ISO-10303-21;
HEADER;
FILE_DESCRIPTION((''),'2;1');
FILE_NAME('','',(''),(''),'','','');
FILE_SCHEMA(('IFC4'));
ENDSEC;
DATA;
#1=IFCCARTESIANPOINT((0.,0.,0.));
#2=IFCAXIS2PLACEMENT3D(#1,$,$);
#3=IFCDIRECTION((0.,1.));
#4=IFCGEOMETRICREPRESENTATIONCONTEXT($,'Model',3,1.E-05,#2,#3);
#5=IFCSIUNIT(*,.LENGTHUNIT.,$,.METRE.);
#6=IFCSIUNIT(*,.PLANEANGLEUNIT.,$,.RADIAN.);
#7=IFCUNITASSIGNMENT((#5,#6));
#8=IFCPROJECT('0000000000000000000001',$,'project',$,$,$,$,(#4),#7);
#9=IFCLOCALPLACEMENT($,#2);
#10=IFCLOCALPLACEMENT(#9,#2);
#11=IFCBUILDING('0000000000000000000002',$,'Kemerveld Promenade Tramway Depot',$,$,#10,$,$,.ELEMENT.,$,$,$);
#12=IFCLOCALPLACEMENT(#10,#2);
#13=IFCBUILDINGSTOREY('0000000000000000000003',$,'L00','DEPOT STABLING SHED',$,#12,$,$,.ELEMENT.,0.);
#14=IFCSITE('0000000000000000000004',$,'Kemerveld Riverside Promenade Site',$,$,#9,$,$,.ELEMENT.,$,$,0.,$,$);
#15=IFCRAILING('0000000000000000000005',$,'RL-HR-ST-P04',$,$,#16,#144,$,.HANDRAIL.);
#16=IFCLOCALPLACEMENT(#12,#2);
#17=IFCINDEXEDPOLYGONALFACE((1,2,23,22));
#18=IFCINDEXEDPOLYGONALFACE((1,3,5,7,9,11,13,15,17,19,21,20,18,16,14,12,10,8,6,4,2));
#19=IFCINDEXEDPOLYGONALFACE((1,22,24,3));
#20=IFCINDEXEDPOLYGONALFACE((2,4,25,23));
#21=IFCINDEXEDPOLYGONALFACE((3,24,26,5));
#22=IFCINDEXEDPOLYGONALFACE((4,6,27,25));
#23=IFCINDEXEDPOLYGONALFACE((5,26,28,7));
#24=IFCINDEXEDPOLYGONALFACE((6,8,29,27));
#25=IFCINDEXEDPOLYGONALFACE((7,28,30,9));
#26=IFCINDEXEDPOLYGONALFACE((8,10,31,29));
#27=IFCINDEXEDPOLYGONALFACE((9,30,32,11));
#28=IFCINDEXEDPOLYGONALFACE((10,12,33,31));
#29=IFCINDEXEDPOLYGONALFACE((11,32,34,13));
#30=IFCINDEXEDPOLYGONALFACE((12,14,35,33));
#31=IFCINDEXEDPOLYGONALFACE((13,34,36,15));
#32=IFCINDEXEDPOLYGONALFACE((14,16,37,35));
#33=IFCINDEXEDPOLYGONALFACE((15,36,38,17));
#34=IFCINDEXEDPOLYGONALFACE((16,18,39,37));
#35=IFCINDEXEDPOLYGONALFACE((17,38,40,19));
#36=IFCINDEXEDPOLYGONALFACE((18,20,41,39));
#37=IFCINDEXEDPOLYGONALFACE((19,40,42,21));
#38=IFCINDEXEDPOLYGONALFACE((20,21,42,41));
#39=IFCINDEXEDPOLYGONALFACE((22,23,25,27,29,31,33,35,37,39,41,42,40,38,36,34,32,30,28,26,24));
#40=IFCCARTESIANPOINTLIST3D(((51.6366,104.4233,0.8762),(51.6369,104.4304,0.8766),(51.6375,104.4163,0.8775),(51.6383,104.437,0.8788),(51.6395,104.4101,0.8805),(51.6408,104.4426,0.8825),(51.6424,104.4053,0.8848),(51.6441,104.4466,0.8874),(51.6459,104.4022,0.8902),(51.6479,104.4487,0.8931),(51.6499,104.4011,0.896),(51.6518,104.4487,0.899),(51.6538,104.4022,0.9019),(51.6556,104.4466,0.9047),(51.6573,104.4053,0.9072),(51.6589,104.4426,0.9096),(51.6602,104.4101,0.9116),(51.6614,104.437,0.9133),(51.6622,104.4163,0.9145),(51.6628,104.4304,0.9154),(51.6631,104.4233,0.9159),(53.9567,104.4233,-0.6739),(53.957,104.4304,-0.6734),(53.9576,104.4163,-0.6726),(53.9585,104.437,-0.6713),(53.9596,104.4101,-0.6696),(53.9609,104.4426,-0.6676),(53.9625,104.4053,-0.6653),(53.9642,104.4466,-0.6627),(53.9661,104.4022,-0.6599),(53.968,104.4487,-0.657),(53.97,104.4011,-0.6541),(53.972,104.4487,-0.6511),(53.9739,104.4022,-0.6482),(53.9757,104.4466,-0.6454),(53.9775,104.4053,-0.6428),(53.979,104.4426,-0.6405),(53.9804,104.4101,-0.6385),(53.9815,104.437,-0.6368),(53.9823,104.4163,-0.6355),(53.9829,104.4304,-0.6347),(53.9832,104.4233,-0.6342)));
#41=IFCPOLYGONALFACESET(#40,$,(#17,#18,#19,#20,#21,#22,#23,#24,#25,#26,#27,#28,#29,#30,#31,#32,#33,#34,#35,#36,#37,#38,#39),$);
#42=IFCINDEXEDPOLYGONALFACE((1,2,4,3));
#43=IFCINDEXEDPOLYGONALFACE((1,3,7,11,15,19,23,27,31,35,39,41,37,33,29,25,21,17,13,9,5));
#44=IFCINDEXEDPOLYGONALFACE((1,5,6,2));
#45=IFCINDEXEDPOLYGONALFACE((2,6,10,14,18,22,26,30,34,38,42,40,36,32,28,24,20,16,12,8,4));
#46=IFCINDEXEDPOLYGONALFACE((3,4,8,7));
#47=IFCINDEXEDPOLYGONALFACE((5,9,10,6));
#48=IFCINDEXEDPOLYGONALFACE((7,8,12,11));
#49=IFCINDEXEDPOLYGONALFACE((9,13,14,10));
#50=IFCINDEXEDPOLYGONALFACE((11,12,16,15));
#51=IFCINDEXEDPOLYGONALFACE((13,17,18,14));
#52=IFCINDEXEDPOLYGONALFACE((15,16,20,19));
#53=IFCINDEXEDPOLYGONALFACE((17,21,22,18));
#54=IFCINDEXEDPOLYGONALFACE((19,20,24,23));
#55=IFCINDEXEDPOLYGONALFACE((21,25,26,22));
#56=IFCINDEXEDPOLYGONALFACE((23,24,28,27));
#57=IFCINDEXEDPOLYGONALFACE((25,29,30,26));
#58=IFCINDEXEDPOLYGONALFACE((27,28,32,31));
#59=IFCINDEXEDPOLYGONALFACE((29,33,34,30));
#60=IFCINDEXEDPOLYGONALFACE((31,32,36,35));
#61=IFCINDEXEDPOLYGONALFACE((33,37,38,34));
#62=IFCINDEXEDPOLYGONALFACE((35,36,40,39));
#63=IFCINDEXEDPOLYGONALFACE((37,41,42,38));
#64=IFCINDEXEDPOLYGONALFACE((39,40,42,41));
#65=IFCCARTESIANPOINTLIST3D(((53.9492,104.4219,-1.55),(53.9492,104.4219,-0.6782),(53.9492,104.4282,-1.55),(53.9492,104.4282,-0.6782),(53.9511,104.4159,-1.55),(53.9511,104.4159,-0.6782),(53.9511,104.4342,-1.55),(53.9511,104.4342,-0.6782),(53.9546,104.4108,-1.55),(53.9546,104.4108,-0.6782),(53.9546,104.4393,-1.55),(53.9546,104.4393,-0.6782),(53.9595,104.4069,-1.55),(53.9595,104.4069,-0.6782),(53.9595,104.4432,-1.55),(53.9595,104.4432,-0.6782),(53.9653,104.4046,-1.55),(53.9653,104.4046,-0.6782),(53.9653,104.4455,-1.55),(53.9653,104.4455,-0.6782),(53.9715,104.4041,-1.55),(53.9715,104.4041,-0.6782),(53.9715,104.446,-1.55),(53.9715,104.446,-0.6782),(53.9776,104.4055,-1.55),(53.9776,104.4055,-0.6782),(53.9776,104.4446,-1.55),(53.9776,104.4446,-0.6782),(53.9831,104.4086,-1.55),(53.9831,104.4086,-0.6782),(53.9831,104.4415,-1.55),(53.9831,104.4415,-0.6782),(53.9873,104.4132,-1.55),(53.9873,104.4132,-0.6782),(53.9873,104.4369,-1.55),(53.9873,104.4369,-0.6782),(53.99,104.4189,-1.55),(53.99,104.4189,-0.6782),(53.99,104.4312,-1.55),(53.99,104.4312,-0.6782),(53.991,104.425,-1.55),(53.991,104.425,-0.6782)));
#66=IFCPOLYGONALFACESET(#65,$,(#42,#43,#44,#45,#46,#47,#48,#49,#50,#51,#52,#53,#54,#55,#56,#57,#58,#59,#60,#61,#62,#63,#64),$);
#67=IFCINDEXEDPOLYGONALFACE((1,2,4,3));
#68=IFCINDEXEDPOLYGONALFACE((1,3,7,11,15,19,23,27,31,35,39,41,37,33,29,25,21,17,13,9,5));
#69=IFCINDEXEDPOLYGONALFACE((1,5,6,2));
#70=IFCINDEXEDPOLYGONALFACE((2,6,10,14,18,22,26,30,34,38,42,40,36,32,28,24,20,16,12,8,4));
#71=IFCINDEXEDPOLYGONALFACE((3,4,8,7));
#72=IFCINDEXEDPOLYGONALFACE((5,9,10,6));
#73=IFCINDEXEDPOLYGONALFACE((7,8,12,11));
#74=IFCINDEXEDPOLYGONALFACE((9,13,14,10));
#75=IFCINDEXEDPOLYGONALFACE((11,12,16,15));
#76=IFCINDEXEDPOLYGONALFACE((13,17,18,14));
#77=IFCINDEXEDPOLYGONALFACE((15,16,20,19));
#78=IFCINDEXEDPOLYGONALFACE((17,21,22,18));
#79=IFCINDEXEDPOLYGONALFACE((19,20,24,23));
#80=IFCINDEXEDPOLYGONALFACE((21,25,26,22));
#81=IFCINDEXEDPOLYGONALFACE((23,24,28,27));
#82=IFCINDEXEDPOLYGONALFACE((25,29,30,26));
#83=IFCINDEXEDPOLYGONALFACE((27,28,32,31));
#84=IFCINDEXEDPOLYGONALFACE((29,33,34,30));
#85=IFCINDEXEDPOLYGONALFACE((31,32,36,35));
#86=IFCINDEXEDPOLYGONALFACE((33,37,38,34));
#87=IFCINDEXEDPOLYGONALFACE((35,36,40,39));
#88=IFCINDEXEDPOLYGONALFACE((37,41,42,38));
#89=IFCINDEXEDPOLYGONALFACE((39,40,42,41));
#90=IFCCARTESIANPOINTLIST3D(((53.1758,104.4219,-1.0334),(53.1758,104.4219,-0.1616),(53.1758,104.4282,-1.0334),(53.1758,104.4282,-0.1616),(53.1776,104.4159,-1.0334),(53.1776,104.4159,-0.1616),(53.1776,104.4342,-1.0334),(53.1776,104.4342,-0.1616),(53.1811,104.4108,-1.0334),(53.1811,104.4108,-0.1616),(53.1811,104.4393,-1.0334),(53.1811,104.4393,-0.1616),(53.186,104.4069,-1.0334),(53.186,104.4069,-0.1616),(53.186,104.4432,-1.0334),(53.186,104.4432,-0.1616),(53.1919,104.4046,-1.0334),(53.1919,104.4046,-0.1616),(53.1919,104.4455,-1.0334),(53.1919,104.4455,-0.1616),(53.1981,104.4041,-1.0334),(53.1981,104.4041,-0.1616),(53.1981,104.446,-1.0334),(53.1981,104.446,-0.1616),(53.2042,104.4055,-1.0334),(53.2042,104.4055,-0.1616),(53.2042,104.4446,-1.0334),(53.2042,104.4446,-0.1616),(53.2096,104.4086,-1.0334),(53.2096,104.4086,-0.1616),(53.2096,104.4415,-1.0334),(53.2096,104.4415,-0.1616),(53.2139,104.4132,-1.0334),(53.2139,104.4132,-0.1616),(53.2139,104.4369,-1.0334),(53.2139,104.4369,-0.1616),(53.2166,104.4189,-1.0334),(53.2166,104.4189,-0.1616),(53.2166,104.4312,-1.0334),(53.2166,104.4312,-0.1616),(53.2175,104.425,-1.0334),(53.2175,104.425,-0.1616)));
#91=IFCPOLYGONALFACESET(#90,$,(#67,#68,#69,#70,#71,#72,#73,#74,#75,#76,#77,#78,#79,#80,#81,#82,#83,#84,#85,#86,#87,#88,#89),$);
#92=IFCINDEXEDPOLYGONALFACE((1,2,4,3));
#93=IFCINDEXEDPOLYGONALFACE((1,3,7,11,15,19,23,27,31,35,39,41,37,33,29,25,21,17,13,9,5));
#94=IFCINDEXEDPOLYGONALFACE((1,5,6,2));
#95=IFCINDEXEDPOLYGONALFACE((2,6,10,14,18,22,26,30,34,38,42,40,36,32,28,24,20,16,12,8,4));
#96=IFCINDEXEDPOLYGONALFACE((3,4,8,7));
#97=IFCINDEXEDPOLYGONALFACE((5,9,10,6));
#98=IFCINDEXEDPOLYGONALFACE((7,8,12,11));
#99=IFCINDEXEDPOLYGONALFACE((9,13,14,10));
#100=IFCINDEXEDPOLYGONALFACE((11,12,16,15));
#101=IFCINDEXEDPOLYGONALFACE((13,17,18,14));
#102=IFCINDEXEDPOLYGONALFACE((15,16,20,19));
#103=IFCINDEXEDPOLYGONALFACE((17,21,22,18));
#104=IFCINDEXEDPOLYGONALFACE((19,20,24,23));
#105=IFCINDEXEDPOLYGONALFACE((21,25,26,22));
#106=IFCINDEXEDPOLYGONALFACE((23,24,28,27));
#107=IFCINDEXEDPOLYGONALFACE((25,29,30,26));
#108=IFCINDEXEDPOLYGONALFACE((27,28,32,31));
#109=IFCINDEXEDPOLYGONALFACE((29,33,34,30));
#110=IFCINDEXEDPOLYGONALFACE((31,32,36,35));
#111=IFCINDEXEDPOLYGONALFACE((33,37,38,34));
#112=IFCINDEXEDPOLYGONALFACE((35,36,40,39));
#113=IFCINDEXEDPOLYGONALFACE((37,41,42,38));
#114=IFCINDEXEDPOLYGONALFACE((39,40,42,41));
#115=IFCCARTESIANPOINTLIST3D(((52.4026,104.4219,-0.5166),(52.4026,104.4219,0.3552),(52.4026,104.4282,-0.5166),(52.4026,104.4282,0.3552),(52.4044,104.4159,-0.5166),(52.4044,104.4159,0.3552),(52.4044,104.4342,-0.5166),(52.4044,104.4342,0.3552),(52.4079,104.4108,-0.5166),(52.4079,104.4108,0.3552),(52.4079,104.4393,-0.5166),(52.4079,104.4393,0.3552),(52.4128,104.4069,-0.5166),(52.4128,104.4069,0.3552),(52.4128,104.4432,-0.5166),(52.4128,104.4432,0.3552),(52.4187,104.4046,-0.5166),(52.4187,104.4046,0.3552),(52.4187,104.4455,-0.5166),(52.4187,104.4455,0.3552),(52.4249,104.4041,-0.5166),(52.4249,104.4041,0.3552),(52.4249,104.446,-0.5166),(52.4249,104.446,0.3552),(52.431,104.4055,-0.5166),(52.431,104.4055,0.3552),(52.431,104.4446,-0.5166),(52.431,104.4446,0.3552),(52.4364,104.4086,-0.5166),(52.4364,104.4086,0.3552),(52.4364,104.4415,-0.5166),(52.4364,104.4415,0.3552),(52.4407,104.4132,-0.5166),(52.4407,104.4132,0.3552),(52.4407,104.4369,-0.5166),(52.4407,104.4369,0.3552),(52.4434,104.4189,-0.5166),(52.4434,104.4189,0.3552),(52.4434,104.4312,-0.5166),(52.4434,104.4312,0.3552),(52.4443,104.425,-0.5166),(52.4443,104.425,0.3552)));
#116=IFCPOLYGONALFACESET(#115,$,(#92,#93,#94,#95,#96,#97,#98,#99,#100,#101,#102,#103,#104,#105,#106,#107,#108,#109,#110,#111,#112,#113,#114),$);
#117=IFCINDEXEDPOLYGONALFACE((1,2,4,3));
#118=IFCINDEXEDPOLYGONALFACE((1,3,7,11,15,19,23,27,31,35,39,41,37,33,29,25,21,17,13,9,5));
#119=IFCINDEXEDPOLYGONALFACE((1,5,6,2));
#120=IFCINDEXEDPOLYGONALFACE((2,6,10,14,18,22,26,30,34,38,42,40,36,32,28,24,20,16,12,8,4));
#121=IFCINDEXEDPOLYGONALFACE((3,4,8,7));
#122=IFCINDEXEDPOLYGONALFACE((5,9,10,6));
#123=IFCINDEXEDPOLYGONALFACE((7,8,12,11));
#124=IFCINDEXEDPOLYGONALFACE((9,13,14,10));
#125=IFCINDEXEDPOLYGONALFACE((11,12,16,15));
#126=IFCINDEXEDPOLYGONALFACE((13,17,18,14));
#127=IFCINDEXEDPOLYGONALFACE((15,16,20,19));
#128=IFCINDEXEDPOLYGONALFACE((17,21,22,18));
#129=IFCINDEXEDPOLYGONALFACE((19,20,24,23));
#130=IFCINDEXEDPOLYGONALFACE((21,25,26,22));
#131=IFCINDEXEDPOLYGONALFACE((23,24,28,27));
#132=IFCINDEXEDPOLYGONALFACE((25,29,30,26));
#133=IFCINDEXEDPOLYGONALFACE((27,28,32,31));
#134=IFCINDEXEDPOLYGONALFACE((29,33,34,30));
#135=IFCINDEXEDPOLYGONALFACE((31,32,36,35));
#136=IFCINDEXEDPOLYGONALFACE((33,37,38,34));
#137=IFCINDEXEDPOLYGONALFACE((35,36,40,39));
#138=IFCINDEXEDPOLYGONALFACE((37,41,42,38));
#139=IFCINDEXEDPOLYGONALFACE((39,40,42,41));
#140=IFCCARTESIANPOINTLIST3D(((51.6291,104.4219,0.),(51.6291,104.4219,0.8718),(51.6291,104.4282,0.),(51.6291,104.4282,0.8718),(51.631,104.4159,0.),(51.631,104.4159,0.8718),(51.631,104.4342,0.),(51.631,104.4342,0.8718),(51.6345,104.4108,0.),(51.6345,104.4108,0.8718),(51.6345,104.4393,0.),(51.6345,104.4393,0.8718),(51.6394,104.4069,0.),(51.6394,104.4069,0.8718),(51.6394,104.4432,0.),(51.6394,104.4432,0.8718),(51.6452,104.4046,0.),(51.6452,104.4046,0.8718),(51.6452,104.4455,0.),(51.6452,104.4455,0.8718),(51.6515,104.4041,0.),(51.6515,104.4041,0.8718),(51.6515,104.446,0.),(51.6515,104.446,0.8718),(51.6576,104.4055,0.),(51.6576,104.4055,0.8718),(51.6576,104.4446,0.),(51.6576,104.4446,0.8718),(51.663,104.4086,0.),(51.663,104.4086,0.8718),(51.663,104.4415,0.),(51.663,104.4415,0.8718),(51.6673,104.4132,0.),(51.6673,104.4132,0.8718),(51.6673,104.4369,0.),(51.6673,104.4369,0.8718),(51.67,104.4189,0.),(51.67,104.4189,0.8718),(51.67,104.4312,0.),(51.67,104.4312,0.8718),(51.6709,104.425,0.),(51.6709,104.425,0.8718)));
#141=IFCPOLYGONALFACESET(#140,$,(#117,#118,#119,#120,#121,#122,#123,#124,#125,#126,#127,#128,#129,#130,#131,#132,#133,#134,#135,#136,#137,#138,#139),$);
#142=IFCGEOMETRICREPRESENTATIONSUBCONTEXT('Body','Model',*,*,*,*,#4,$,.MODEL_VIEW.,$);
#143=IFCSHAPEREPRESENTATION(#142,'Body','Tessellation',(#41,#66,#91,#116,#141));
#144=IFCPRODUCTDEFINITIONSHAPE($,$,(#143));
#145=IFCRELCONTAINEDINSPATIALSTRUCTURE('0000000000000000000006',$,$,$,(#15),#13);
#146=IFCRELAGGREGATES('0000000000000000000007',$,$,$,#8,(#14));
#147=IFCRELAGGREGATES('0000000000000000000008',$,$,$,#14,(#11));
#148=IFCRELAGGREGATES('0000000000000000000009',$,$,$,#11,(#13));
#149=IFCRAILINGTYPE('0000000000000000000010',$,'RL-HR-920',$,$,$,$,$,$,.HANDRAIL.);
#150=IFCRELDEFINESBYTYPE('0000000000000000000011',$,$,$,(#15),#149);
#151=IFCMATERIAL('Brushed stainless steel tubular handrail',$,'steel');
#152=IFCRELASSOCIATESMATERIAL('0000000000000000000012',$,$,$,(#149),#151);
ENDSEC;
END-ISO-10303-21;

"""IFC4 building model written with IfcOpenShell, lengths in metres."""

from ifc_helpers import new_model, si_unit, direction, frame, origin, origin_2d, place, context, subcontext, project, spatial, circle, extrude, material, type_object, element, save


model = new_model("IFC4")

# Units and contexts
model_context = context("Model", 3, precision=1e-05, world=origin(), true_north=direction((0.0, 1.0)))
body_context = subcontext(model_context, "Body", "Model", "MODEL_VIEW")
ifc_project = project(units=[si_unit("LENGTHUNIT", "METRE"), si_unit("PLANEANGLEUNIT", "RADIAN")], contexts=[model_context])

# Site, building, storey
site_placement = place(None, origin())
site = spatial("IfcSite", under=ifc_project, at=site_placement, Name="Kemerveld Riverside Promenade Site", CompositionType="ELEMENT", RefElevation=0.0)
building_placement = place(site_placement, origin())
building = spatial("IfcBuilding", under=site, at=building_placement, Name="Kemerveld Promenade Tramway Depot", CompositionType="ELEMENT")
storey_placement = place(building_placement, origin())
storey = spatial("IfcBuildingStorey", under=building, at=storey_placement, Name="L00", Description="DEPOT STABLING SHED", CompositionType="ELEMENT", Elevation=0.0)

# Railing
ifc_material_1 = material(Name="Brushed stainless steel tubular handrail", Category="steel")
railing_type = type_object("IfcRailingType", Name="RL-HR-920", PredefinedType="HANDRAIL", material=ifc_material_1)
for number, where, name in (
    (1, (53.97, 104.425, -1.55), "RL-HR-ST-P04"),
):
    element("IfcRailing", number, at=place(storey_placement, frame(where)), inside=storey, type_object=railing_type, Name=name, PredefinedType="HANDRAIL", context=body_context, shape_type="SweptSolid", body=[
        extrude(circle(Radius=0.0239, at=origin_2d()), frame((0.0, 0.0, 0.896), z_axis=(-0.831498, 0.0, 0.555528), x_axis=(0.0, -1.0, 0.0)), (0.0, 0.0, 1.0), 2.7903),
        extrude(circle(Radius=0.021, at=origin_2d()), origin(), (0.0, 0.0, 1.0), 0.8718),
        extrude(circle(Radius=0.021, at=origin_2d()), frame((-0.7734, 0.0, 0.5166)), (0.0, 0.0, 1.0), 0.8718),
        extrude(circle(Radius=0.021, at=origin_2d()), frame((-1.5466, 0.0, 1.0334)), (0.0, 0.0, 1.0), 0.8718),
        extrude(circle(Radius=0.021, at=origin_2d()), frame((-2.3201, 0.0, 1.55)), (0.0, 0.0, 1.0), 0.8718),
    ])

save(model, "model.ifc")
